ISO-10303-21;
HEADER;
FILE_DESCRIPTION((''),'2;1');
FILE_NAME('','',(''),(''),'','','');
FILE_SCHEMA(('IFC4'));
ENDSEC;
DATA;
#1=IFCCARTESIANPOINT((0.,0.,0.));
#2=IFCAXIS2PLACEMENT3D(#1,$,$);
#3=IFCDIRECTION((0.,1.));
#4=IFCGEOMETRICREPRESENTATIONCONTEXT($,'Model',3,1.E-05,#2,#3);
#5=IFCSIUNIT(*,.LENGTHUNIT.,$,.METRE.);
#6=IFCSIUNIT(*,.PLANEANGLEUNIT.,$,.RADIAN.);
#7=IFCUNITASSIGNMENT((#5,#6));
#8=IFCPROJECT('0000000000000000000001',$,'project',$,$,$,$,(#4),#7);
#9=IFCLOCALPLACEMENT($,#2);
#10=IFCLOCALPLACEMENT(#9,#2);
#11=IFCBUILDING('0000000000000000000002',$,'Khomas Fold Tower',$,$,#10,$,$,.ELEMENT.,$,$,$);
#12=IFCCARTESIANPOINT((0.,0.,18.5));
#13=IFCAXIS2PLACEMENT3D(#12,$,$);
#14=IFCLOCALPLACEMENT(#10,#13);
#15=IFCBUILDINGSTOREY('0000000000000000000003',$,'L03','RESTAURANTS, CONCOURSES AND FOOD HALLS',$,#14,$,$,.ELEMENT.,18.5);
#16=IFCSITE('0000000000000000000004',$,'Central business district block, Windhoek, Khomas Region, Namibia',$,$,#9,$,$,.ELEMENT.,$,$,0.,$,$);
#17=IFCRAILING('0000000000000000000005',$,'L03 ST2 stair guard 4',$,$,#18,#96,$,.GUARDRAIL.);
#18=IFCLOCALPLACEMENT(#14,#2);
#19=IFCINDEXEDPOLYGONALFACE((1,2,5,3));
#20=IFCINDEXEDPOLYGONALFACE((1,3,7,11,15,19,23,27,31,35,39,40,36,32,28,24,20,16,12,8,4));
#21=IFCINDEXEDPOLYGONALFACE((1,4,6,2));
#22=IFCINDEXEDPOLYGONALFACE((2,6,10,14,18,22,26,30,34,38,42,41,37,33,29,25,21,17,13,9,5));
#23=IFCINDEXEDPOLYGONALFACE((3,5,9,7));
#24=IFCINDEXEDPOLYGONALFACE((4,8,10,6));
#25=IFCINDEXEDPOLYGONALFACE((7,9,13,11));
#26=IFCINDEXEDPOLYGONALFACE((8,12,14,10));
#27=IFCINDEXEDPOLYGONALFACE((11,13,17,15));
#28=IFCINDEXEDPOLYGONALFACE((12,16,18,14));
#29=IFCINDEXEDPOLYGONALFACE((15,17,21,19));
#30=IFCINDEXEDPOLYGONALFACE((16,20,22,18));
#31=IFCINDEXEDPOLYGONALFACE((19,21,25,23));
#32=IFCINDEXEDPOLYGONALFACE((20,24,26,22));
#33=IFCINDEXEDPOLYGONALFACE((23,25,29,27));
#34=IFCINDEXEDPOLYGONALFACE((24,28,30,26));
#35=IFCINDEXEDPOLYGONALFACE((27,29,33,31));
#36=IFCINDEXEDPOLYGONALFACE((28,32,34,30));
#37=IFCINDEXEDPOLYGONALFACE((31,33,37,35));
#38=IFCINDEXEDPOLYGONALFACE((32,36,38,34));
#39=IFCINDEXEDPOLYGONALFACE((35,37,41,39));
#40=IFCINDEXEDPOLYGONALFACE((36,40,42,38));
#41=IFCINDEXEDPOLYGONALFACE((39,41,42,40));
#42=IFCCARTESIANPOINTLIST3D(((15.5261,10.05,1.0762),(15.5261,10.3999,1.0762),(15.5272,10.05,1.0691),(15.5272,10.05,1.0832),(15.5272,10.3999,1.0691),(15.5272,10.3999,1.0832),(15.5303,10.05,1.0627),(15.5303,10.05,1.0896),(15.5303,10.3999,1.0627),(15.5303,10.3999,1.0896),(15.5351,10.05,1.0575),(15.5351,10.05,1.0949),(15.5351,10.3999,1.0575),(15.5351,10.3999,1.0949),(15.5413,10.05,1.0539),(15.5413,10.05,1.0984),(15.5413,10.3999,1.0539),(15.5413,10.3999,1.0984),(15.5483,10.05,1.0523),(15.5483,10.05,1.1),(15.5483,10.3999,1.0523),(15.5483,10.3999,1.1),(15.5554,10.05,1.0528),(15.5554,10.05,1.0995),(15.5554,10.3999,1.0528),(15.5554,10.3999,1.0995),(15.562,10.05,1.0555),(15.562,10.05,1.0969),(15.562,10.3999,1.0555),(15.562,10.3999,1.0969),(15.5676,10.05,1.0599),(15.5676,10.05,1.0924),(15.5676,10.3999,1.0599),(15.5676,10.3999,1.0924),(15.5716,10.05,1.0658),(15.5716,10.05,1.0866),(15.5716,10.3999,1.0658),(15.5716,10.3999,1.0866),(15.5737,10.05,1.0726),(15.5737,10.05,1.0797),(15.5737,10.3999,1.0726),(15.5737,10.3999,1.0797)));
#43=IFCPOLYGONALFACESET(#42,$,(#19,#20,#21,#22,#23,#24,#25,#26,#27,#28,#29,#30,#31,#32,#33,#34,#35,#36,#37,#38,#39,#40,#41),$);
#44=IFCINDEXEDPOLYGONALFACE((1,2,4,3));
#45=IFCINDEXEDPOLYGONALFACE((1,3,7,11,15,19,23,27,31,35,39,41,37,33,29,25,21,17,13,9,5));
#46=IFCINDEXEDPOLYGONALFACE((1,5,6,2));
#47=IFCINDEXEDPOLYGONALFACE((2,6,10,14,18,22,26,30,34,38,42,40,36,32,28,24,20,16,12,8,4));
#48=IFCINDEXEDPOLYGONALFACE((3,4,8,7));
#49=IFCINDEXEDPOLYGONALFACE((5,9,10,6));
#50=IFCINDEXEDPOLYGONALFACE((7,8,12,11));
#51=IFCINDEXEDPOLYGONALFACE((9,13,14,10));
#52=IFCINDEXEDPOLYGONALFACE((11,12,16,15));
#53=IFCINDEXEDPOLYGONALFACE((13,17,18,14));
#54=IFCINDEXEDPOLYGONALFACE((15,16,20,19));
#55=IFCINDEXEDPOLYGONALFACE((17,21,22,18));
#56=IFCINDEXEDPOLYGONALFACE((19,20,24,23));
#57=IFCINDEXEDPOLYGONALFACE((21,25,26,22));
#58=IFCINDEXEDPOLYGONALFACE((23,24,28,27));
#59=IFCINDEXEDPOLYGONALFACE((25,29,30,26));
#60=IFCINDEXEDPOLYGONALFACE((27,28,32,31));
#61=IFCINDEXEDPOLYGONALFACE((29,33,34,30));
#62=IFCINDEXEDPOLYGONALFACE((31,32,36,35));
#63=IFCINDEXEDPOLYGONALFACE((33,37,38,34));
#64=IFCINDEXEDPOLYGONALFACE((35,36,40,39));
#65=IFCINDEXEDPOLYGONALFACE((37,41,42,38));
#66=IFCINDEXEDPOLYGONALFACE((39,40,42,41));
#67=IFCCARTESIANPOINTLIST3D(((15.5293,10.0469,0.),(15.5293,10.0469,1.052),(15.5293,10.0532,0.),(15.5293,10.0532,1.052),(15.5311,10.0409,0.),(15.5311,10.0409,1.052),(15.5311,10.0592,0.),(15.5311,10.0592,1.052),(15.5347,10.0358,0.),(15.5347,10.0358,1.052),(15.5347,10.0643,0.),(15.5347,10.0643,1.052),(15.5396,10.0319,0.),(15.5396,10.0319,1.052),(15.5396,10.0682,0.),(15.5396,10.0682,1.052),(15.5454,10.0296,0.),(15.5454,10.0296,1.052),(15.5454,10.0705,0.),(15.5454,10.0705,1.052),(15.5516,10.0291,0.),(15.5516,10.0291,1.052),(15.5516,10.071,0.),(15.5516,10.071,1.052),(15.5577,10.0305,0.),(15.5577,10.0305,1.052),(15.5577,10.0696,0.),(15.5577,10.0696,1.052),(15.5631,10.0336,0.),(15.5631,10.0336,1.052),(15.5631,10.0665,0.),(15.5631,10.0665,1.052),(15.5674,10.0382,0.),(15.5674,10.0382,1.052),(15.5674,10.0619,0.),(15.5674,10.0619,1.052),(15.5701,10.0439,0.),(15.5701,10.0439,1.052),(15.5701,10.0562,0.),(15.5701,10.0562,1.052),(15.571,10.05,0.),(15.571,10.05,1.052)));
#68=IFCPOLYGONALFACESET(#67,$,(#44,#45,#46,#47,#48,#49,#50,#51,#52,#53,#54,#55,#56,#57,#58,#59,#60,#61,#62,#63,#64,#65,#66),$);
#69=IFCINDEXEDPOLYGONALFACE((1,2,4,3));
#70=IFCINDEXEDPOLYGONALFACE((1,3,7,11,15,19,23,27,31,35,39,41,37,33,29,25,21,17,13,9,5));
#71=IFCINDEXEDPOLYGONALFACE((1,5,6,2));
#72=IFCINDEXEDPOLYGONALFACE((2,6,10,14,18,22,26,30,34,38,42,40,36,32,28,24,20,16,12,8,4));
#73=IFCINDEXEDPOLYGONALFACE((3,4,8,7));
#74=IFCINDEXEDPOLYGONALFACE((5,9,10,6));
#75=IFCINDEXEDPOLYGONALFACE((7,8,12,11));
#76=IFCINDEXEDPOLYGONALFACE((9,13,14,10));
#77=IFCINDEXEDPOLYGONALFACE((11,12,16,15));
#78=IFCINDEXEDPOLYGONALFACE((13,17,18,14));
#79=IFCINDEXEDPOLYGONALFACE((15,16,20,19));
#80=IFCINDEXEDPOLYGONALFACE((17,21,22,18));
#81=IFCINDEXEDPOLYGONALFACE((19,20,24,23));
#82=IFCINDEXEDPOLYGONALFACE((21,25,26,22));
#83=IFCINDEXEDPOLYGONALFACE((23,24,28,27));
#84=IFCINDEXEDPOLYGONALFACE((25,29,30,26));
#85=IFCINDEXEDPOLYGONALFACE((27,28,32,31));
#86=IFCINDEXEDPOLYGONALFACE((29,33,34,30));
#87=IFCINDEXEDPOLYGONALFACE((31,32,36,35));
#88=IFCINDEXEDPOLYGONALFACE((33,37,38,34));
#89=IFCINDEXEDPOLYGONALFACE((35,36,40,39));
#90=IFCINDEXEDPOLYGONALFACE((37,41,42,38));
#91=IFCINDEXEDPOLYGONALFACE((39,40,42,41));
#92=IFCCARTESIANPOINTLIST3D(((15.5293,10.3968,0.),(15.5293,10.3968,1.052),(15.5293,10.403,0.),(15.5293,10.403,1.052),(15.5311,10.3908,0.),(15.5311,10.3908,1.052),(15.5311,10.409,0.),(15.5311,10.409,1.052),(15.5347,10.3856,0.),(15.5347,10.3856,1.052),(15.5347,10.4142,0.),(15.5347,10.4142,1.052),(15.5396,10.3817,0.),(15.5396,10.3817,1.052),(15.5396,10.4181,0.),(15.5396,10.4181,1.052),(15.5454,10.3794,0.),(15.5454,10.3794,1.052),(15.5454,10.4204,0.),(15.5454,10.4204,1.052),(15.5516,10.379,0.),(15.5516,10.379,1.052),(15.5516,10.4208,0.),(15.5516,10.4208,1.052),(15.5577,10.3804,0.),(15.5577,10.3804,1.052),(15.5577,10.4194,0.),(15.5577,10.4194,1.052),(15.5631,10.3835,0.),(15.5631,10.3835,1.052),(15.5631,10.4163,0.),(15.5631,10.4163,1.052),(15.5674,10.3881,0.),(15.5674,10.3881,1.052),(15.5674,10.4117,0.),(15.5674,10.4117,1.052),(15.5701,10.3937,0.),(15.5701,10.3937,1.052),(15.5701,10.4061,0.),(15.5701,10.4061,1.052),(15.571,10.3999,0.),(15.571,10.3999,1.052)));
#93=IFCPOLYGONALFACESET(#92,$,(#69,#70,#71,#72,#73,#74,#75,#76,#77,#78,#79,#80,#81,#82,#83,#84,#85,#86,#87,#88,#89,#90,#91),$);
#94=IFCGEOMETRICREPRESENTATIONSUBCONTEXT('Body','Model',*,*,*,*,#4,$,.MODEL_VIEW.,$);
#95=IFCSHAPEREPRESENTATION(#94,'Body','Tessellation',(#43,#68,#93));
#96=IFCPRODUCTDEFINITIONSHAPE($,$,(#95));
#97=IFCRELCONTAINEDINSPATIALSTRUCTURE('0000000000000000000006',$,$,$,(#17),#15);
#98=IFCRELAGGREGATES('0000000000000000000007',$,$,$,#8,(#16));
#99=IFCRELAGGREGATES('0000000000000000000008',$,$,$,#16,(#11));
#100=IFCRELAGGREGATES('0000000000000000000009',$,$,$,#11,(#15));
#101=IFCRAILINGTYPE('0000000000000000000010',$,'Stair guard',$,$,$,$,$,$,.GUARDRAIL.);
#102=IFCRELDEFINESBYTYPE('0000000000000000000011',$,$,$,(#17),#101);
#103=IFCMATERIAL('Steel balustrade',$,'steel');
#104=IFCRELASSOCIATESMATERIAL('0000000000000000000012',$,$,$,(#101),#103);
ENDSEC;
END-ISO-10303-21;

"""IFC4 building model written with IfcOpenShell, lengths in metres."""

from ifc_helpers import new_model, si_unit, direction, frame, origin, origin_2d, place, context, subcontext, project, spatial, circle, extrude, source, transform, mapped, material, type_object, element, save


model = new_model("IFC4")

# Units and contexts
model_context = context("Model", 3, precision=1e-05, world=origin(), true_north=direction((0.0, 1.0)))
body_context = subcontext(model_context, "Body", "Model", "MODEL_VIEW")
ifc_project = project(units=[si_unit("LENGTHUNIT", "METRE"), si_unit("PLANEANGLEUNIT", "RADIAN")], contexts=[model_context])

# Site, building, storey
site_placement = place(None, origin())
site = spatial("IfcSite", under=ifc_project, at=site_placement, Name="Central business district block, Windhoek, Khomas Region, Namibia", CompositionType="ELEMENT", RefElevation=0.0)
building_placement = place(site_placement, origin())
building = spatial("IfcBuilding", under=site, at=building_placement, Name="Khomas Fold Tower", CompositionType="ELEMENT")
storey_placement = place(building_placement, frame((0.0, 0.0, 18.5)))
storey = spatial("IfcBuildingStorey", under=building, at=storey_placement, Name="L03", Description="RESTAURANTS, CONCOURSES AND FOOD HALLS", CompositionType="ELEMENT", Elevation=18.5)

# Railing
ifc_material_1 = material(Name="Steel balustrade", Category="steel")
railing_type_1 = type_object("IfcRailingType", Name="Stair guard", PredefinedType="GUARDRAIL", material=ifc_material_1)
shared_shape_1 = source(origin(), body_context, "Body", "SweptSolid", [
    extrude(circle(Radius=0.0239, at=origin_2d()), frame((0.0, 0.0, 1.0762), z_axis=(0.0, 1.0, 0.0), x_axis=(-1.0, 0.0, 0.0)), (0.0, 0.0, 1.0), 0.3499),
    extrude(circle(Radius=0.021, at=origin_2d()), origin(), (0.0, 0.0, 1.0), 1.052),
    extrude(circle(Radius=0.021, at=origin_2d()), frame((0.0, 0.3499, 0.0)), (0.0, 0.0, 1.0), 1.052),
])
railing_1_placement = place(storey_placement, frame((15.55, 10.05, 0.0)))
element("IfcRailing", 1, at=railing_1_placement, inside=storey, type_object=railing_type_1, Name="L03 ST2 stair guard 4", PredefinedType="GUARDRAIL", context=body_context, shape_type="MappedRepresentation", body=[
    mapped(shared_shape_1, transform((0.0, 0.0, 0.0))),
])

save(model, "model.ifc")
